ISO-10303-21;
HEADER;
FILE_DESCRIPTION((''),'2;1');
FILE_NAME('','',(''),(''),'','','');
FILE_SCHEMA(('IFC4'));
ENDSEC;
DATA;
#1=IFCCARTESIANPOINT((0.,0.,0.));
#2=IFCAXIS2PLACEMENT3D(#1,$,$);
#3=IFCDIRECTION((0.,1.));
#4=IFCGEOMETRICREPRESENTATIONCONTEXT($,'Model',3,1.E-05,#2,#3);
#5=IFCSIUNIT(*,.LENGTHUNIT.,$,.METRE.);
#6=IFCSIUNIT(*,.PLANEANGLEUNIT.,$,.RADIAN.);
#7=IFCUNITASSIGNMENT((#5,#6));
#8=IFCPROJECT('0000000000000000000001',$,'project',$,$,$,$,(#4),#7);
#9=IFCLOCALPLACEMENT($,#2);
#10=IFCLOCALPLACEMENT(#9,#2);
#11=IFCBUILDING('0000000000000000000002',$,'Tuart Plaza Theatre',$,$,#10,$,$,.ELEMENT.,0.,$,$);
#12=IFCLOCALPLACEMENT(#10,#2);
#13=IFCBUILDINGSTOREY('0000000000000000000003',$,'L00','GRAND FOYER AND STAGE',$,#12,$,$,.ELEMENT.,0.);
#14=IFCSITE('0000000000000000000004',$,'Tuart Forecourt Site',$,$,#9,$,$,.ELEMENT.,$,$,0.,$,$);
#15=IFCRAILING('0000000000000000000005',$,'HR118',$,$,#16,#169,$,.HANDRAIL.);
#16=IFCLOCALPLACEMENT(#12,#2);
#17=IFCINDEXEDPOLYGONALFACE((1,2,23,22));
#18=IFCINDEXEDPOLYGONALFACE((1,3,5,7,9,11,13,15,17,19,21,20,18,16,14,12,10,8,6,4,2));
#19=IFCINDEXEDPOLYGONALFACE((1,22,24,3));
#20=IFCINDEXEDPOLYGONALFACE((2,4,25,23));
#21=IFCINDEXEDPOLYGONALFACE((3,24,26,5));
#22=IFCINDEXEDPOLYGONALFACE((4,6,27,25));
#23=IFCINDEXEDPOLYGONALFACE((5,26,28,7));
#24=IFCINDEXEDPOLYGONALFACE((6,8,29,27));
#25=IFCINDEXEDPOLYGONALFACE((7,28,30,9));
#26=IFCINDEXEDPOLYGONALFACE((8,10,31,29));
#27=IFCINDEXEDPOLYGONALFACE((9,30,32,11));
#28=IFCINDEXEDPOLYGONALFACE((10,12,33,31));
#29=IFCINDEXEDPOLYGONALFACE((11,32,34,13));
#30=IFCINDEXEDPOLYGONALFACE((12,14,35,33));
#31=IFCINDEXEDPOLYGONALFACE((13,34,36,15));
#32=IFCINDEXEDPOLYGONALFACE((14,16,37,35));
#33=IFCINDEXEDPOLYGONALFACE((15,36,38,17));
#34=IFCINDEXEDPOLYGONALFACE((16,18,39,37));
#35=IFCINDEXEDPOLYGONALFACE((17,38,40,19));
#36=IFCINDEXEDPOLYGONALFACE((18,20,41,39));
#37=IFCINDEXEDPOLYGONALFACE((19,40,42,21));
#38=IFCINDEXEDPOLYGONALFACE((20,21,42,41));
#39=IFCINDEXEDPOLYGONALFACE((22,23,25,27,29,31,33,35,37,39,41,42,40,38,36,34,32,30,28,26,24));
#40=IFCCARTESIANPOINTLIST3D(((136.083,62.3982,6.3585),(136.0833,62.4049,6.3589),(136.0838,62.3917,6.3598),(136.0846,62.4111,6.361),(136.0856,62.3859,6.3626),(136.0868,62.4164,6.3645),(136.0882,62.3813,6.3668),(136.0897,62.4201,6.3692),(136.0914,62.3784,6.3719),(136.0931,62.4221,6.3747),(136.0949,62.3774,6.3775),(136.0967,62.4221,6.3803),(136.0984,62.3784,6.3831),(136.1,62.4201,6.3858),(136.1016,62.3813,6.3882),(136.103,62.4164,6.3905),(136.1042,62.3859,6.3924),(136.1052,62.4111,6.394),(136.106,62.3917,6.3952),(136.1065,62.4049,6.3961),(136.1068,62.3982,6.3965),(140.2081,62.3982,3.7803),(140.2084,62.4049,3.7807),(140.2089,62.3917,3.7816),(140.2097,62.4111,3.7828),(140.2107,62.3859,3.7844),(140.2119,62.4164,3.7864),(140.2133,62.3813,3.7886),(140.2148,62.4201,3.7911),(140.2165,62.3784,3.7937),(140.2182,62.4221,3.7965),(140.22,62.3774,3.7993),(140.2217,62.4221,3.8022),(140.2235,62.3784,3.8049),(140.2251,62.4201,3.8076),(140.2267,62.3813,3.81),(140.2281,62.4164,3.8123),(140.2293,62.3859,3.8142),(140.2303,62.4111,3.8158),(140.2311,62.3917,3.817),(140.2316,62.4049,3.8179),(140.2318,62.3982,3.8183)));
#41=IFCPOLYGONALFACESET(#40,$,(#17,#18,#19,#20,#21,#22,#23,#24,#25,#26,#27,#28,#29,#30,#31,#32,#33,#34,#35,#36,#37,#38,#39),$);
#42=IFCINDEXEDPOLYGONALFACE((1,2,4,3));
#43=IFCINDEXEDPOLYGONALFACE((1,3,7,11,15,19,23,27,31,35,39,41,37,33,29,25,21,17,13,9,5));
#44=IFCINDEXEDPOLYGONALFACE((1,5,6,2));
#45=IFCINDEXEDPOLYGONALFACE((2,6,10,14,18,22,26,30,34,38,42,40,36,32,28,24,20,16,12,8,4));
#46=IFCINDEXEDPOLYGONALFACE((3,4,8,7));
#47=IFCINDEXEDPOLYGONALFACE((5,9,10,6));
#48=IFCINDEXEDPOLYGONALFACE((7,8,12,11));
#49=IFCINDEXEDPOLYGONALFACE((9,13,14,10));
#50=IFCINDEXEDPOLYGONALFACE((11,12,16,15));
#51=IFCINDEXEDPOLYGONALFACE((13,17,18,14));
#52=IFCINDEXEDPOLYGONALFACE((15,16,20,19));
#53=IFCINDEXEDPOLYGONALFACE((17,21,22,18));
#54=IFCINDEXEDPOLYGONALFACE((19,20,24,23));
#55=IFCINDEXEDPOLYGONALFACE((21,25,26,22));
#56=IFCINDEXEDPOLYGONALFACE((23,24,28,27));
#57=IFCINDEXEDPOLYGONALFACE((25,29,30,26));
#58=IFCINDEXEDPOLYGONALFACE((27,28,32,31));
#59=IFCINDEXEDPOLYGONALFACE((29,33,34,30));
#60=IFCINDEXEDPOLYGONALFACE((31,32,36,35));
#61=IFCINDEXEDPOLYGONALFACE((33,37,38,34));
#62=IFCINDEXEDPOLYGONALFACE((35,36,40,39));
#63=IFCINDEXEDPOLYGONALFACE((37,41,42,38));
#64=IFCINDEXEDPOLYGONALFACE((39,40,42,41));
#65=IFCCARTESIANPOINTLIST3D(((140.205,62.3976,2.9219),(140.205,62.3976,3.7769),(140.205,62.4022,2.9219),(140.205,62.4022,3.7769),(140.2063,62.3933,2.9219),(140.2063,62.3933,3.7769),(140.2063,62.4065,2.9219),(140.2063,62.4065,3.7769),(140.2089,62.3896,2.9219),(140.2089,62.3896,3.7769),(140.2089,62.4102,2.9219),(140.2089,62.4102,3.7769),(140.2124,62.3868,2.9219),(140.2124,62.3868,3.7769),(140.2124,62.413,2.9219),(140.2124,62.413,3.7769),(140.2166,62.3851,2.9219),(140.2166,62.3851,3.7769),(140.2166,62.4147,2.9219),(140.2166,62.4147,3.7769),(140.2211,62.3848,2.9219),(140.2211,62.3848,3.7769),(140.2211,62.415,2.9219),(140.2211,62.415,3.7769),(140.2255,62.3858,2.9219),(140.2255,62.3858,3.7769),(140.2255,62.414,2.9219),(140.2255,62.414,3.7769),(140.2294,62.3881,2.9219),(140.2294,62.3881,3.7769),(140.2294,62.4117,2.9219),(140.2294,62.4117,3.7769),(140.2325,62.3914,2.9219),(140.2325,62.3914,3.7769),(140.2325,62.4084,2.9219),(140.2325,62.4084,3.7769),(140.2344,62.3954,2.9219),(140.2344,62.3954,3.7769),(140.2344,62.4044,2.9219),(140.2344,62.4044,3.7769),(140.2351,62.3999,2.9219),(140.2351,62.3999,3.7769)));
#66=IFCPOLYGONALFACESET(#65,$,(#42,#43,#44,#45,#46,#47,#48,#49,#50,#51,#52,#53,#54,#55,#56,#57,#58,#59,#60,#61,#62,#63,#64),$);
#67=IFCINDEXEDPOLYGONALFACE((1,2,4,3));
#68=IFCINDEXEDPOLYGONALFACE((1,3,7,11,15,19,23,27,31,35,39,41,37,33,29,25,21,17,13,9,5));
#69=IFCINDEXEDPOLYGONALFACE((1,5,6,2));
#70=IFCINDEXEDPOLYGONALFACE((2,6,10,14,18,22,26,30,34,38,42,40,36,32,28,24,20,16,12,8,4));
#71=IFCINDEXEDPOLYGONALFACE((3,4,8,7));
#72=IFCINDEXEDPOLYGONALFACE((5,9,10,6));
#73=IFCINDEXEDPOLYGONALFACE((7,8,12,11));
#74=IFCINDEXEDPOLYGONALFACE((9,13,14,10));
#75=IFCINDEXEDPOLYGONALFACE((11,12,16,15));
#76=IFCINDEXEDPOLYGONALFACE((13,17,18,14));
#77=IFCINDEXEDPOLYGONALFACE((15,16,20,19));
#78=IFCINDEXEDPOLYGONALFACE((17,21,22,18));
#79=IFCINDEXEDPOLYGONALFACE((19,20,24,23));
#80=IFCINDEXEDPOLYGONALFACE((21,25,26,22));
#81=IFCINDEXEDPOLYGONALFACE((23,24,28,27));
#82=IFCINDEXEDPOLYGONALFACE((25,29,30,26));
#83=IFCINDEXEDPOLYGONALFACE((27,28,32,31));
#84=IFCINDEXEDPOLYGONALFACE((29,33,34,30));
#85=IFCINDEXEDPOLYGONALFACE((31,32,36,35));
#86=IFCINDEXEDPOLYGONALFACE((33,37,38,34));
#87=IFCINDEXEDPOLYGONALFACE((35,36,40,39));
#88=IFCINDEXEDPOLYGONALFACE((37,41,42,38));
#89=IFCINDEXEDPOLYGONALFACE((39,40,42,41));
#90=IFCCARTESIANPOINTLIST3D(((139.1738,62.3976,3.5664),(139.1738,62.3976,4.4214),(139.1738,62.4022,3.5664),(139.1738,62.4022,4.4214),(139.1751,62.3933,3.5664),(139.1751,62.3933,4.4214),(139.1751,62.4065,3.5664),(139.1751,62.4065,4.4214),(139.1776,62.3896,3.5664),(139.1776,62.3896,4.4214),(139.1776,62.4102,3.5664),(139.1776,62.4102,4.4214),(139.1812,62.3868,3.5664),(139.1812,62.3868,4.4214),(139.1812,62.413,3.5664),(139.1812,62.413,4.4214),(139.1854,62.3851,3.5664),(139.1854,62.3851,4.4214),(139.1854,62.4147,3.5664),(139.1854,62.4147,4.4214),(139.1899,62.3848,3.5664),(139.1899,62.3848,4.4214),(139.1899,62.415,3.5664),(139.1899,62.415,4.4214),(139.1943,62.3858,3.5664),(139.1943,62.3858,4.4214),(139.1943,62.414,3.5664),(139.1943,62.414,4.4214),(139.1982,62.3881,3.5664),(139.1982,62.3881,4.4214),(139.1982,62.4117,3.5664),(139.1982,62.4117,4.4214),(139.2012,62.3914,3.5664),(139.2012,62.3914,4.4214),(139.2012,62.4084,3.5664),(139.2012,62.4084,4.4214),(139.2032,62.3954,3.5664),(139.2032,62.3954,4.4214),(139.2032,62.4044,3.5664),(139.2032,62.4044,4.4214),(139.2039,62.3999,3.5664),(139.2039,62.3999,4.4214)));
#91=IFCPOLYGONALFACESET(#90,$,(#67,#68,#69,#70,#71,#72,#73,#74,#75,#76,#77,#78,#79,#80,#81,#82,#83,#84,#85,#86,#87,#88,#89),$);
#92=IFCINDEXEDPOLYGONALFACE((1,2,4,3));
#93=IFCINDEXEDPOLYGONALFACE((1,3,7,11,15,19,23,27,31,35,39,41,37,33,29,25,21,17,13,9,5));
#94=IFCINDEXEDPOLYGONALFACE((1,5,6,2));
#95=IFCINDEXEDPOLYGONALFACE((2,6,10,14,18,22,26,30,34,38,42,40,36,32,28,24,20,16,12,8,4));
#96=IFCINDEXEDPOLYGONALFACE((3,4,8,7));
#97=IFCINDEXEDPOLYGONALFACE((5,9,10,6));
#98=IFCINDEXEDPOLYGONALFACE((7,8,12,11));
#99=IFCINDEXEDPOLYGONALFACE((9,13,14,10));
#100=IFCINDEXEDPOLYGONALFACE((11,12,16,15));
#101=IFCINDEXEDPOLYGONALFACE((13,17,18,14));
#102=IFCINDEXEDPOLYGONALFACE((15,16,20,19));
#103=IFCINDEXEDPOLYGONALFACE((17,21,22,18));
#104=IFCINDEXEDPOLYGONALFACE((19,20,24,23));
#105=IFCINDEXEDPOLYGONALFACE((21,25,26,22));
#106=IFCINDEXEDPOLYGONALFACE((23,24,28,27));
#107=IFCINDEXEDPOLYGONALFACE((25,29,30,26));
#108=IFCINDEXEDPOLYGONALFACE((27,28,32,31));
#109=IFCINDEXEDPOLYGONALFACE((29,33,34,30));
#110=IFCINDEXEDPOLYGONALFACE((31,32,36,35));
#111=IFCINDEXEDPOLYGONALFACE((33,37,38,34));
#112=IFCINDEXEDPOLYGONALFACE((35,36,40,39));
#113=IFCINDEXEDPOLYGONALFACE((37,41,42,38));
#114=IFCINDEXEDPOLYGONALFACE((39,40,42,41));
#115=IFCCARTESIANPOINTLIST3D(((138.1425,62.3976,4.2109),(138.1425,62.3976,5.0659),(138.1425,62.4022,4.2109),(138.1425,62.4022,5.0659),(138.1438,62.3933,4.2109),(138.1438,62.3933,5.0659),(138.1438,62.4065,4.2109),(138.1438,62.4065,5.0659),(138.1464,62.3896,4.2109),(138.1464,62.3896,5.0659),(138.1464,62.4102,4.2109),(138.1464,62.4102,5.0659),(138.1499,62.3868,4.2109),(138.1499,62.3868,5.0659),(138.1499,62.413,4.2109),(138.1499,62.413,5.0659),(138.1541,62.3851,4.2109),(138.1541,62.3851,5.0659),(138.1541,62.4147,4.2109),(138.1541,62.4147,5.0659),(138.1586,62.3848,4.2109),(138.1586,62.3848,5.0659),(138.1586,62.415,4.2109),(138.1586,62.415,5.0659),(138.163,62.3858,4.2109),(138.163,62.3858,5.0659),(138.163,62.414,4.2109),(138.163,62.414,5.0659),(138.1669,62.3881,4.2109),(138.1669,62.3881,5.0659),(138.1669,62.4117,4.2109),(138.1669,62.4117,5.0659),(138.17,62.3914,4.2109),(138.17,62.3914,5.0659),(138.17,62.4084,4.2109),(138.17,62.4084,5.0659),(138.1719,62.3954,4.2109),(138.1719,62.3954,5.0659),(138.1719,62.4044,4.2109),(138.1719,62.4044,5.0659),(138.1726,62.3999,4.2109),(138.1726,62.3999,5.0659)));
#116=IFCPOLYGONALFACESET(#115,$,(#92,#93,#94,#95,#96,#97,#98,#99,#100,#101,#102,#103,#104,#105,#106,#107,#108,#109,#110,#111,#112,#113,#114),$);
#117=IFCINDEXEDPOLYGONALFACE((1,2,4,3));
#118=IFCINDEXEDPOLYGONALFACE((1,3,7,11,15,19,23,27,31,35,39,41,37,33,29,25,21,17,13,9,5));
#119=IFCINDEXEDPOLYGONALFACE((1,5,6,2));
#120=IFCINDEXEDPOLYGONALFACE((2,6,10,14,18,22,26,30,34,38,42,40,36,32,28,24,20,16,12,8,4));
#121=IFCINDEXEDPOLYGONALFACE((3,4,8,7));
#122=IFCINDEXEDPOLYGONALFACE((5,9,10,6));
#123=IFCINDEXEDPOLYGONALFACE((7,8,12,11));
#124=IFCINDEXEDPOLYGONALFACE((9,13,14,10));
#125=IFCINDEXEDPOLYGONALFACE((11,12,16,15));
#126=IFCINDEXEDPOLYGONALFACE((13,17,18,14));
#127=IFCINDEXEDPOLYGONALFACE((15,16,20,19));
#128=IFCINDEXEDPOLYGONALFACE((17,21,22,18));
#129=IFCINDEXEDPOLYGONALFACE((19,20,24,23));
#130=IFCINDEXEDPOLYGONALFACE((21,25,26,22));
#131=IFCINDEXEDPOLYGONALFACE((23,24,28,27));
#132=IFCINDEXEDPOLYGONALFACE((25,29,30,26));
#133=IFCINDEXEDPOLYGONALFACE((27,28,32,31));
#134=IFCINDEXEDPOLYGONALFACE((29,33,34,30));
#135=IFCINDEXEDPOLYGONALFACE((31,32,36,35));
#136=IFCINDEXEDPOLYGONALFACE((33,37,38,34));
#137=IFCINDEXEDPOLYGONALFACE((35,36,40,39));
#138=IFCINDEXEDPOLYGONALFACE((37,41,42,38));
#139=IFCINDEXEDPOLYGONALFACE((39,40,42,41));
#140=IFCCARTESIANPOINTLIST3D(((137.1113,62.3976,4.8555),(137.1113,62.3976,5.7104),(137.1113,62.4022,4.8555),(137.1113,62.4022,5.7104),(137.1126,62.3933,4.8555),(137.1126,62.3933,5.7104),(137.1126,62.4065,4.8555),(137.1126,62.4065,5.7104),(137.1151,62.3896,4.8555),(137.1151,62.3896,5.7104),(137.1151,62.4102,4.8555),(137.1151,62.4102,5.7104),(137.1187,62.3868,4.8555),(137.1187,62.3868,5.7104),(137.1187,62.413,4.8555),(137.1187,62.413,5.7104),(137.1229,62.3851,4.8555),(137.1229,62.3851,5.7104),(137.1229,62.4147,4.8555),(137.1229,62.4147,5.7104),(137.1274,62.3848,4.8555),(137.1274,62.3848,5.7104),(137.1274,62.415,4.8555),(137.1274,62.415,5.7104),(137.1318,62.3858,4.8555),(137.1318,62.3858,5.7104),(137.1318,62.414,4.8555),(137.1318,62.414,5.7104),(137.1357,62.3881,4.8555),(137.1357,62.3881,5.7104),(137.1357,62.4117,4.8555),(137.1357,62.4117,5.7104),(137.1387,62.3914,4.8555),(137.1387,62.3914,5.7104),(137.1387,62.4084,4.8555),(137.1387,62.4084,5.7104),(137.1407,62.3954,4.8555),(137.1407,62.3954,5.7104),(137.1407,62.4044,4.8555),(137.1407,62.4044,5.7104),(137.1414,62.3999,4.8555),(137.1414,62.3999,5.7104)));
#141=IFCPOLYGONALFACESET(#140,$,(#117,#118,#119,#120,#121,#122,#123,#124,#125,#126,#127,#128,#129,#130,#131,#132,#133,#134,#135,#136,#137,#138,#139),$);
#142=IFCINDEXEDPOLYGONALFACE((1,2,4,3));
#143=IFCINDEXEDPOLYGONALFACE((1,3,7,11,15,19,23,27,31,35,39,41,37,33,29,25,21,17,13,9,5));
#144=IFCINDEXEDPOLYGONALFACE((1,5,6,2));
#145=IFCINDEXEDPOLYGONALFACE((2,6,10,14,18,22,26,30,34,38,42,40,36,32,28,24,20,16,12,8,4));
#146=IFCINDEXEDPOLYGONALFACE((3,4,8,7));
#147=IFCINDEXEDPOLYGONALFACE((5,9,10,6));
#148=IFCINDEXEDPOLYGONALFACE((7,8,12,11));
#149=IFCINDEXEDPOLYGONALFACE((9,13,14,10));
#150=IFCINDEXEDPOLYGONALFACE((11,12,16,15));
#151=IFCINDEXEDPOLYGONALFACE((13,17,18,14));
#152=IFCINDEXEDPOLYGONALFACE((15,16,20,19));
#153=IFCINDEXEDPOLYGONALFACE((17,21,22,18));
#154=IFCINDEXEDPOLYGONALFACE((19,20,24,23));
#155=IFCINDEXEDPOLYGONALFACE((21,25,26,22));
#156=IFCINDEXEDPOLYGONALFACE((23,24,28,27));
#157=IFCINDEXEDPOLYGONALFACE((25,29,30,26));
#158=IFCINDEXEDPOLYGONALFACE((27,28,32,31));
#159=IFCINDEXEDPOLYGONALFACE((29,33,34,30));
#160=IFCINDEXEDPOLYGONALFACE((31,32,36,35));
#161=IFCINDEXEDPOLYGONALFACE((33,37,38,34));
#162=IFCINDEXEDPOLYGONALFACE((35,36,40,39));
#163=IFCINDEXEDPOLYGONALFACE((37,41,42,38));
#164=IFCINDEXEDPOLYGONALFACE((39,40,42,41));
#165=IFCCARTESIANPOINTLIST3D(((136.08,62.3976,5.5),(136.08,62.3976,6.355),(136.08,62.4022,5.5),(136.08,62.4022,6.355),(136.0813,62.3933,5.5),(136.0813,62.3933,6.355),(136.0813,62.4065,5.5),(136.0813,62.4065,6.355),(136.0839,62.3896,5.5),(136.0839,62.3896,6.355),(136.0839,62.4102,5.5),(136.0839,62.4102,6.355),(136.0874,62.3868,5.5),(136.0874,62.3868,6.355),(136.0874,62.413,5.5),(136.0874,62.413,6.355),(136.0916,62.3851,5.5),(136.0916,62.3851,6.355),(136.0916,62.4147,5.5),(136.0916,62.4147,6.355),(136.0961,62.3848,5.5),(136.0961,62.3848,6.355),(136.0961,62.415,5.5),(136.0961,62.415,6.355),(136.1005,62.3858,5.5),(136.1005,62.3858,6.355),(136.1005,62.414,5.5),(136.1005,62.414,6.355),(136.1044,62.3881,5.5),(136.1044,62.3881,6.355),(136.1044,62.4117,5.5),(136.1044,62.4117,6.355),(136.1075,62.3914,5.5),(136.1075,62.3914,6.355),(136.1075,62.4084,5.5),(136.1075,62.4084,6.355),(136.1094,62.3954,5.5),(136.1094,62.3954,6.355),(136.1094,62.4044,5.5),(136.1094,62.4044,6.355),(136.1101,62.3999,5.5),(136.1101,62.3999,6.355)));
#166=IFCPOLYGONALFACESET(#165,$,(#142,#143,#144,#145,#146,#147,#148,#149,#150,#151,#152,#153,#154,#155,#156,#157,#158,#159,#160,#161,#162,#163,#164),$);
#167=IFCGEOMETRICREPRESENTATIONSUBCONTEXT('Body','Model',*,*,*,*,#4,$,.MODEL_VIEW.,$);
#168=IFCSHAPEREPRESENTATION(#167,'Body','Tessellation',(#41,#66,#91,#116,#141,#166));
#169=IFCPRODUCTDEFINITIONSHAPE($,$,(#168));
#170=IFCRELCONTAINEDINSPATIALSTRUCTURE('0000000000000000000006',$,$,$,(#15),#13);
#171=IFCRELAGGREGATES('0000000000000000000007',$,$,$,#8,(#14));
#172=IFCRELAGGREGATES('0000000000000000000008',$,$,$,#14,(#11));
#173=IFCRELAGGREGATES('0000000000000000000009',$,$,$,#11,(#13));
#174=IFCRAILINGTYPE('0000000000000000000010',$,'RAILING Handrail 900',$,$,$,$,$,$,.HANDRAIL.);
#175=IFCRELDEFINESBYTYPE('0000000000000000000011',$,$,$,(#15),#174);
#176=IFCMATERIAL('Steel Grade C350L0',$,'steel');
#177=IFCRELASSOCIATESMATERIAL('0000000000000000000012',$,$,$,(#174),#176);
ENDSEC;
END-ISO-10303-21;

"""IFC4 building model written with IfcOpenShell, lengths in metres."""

from ifc_helpers import new_model, si_unit, direction, frame, origin, origin_2d, place, context, subcontext, project, spatial, circle, extrude, material, type_object, element, save


model = new_model("IFC4")

# Units and contexts
model_context = context("Model", 3, precision=1e-05, world=origin(), true_north=direction((0.0, 1.0)))
body_context = subcontext(model_context, "Body", "Model", "MODEL_VIEW")
ifc_project = project(units=[si_unit("LENGTHUNIT", "METRE"), si_unit("PLANEANGLEUNIT", "RADIAN")], contexts=[model_context])

# Site, building, storey
site_placement = place(None, origin())
site = spatial("IfcSite", under=ifc_project, at=site_placement, Name="Tuart Forecourt Site", CompositionType="ELEMENT", RefElevation=0.0)
building_placement = place(site_placement, origin())
building = spatial("IfcBuilding", under=site, at=building_placement, Name="Tuart Plaza Theatre", CompositionType="ELEMENT", ElevationOfRefHeight=0.0)
storey_placement = place(building_placement, origin())
storey = spatial("IfcBuildingStorey", under=building, at=storey_placement, Name="L00", Description="GRAND FOYER AND STAGE", CompositionType="ELEMENT", Elevation=0.0)

# Railing
ifc_material_1 = material(Name="Steel Grade C350L0", Category="steel")
railing_type_1 = type_object("IfcRailingType", Name="RAILING Handrail 900", PredefinedType="HANDRAIL", material=ifc_material_1)
for number, where, name in (
    (1, (140.22, 62.3999, 2.9219), "HR118"),
):
    element("IfcRailing", number, at=place(storey_placement, frame(where)), inside=storey, type_object=railing_type_1, Name=name, PredefinedType="HANDRAIL", context=body_context, shape_type="SweptSolid", body=[
        extrude(circle(Radius=0.0225, at=origin_2d()), frame((0.0, 0.0, 0.8774), z_axis=(-0.847998, 0.0, 0.529999), x_axis=(0.0, -1.0, 0.0)), (0.0, 0.0, 1.0), 4.8645),
        extrude(circle(Radius=0.0151, at=origin_2d()), origin(), (0.0, 0.0, 1.0), 0.855),
        extrude(circle(Radius=0.0151, at=origin_2d()), frame((-1.0312, 0.0, 0.6445)), (0.0, 0.0, 1.0), 0.855),
        extrude(circle(Radius=0.0151, at=origin_2d()), frame((-2.0625, 0.0, 1.2891)), (0.0, 0.0, 1.0), 0.855),
        extrude(circle(Radius=0.0151, at=origin_2d()), frame((-3.0938, 0.0, 1.9336)), (0.0, 0.0, 1.0), 0.855),
        extrude(circle(Radius=0.0151, at=origin_2d()), frame((-4.125, 0.0, 2.5781)), (0.0, 0.0, 1.0), 0.855),
    ])

save(model, "model.ifc")
